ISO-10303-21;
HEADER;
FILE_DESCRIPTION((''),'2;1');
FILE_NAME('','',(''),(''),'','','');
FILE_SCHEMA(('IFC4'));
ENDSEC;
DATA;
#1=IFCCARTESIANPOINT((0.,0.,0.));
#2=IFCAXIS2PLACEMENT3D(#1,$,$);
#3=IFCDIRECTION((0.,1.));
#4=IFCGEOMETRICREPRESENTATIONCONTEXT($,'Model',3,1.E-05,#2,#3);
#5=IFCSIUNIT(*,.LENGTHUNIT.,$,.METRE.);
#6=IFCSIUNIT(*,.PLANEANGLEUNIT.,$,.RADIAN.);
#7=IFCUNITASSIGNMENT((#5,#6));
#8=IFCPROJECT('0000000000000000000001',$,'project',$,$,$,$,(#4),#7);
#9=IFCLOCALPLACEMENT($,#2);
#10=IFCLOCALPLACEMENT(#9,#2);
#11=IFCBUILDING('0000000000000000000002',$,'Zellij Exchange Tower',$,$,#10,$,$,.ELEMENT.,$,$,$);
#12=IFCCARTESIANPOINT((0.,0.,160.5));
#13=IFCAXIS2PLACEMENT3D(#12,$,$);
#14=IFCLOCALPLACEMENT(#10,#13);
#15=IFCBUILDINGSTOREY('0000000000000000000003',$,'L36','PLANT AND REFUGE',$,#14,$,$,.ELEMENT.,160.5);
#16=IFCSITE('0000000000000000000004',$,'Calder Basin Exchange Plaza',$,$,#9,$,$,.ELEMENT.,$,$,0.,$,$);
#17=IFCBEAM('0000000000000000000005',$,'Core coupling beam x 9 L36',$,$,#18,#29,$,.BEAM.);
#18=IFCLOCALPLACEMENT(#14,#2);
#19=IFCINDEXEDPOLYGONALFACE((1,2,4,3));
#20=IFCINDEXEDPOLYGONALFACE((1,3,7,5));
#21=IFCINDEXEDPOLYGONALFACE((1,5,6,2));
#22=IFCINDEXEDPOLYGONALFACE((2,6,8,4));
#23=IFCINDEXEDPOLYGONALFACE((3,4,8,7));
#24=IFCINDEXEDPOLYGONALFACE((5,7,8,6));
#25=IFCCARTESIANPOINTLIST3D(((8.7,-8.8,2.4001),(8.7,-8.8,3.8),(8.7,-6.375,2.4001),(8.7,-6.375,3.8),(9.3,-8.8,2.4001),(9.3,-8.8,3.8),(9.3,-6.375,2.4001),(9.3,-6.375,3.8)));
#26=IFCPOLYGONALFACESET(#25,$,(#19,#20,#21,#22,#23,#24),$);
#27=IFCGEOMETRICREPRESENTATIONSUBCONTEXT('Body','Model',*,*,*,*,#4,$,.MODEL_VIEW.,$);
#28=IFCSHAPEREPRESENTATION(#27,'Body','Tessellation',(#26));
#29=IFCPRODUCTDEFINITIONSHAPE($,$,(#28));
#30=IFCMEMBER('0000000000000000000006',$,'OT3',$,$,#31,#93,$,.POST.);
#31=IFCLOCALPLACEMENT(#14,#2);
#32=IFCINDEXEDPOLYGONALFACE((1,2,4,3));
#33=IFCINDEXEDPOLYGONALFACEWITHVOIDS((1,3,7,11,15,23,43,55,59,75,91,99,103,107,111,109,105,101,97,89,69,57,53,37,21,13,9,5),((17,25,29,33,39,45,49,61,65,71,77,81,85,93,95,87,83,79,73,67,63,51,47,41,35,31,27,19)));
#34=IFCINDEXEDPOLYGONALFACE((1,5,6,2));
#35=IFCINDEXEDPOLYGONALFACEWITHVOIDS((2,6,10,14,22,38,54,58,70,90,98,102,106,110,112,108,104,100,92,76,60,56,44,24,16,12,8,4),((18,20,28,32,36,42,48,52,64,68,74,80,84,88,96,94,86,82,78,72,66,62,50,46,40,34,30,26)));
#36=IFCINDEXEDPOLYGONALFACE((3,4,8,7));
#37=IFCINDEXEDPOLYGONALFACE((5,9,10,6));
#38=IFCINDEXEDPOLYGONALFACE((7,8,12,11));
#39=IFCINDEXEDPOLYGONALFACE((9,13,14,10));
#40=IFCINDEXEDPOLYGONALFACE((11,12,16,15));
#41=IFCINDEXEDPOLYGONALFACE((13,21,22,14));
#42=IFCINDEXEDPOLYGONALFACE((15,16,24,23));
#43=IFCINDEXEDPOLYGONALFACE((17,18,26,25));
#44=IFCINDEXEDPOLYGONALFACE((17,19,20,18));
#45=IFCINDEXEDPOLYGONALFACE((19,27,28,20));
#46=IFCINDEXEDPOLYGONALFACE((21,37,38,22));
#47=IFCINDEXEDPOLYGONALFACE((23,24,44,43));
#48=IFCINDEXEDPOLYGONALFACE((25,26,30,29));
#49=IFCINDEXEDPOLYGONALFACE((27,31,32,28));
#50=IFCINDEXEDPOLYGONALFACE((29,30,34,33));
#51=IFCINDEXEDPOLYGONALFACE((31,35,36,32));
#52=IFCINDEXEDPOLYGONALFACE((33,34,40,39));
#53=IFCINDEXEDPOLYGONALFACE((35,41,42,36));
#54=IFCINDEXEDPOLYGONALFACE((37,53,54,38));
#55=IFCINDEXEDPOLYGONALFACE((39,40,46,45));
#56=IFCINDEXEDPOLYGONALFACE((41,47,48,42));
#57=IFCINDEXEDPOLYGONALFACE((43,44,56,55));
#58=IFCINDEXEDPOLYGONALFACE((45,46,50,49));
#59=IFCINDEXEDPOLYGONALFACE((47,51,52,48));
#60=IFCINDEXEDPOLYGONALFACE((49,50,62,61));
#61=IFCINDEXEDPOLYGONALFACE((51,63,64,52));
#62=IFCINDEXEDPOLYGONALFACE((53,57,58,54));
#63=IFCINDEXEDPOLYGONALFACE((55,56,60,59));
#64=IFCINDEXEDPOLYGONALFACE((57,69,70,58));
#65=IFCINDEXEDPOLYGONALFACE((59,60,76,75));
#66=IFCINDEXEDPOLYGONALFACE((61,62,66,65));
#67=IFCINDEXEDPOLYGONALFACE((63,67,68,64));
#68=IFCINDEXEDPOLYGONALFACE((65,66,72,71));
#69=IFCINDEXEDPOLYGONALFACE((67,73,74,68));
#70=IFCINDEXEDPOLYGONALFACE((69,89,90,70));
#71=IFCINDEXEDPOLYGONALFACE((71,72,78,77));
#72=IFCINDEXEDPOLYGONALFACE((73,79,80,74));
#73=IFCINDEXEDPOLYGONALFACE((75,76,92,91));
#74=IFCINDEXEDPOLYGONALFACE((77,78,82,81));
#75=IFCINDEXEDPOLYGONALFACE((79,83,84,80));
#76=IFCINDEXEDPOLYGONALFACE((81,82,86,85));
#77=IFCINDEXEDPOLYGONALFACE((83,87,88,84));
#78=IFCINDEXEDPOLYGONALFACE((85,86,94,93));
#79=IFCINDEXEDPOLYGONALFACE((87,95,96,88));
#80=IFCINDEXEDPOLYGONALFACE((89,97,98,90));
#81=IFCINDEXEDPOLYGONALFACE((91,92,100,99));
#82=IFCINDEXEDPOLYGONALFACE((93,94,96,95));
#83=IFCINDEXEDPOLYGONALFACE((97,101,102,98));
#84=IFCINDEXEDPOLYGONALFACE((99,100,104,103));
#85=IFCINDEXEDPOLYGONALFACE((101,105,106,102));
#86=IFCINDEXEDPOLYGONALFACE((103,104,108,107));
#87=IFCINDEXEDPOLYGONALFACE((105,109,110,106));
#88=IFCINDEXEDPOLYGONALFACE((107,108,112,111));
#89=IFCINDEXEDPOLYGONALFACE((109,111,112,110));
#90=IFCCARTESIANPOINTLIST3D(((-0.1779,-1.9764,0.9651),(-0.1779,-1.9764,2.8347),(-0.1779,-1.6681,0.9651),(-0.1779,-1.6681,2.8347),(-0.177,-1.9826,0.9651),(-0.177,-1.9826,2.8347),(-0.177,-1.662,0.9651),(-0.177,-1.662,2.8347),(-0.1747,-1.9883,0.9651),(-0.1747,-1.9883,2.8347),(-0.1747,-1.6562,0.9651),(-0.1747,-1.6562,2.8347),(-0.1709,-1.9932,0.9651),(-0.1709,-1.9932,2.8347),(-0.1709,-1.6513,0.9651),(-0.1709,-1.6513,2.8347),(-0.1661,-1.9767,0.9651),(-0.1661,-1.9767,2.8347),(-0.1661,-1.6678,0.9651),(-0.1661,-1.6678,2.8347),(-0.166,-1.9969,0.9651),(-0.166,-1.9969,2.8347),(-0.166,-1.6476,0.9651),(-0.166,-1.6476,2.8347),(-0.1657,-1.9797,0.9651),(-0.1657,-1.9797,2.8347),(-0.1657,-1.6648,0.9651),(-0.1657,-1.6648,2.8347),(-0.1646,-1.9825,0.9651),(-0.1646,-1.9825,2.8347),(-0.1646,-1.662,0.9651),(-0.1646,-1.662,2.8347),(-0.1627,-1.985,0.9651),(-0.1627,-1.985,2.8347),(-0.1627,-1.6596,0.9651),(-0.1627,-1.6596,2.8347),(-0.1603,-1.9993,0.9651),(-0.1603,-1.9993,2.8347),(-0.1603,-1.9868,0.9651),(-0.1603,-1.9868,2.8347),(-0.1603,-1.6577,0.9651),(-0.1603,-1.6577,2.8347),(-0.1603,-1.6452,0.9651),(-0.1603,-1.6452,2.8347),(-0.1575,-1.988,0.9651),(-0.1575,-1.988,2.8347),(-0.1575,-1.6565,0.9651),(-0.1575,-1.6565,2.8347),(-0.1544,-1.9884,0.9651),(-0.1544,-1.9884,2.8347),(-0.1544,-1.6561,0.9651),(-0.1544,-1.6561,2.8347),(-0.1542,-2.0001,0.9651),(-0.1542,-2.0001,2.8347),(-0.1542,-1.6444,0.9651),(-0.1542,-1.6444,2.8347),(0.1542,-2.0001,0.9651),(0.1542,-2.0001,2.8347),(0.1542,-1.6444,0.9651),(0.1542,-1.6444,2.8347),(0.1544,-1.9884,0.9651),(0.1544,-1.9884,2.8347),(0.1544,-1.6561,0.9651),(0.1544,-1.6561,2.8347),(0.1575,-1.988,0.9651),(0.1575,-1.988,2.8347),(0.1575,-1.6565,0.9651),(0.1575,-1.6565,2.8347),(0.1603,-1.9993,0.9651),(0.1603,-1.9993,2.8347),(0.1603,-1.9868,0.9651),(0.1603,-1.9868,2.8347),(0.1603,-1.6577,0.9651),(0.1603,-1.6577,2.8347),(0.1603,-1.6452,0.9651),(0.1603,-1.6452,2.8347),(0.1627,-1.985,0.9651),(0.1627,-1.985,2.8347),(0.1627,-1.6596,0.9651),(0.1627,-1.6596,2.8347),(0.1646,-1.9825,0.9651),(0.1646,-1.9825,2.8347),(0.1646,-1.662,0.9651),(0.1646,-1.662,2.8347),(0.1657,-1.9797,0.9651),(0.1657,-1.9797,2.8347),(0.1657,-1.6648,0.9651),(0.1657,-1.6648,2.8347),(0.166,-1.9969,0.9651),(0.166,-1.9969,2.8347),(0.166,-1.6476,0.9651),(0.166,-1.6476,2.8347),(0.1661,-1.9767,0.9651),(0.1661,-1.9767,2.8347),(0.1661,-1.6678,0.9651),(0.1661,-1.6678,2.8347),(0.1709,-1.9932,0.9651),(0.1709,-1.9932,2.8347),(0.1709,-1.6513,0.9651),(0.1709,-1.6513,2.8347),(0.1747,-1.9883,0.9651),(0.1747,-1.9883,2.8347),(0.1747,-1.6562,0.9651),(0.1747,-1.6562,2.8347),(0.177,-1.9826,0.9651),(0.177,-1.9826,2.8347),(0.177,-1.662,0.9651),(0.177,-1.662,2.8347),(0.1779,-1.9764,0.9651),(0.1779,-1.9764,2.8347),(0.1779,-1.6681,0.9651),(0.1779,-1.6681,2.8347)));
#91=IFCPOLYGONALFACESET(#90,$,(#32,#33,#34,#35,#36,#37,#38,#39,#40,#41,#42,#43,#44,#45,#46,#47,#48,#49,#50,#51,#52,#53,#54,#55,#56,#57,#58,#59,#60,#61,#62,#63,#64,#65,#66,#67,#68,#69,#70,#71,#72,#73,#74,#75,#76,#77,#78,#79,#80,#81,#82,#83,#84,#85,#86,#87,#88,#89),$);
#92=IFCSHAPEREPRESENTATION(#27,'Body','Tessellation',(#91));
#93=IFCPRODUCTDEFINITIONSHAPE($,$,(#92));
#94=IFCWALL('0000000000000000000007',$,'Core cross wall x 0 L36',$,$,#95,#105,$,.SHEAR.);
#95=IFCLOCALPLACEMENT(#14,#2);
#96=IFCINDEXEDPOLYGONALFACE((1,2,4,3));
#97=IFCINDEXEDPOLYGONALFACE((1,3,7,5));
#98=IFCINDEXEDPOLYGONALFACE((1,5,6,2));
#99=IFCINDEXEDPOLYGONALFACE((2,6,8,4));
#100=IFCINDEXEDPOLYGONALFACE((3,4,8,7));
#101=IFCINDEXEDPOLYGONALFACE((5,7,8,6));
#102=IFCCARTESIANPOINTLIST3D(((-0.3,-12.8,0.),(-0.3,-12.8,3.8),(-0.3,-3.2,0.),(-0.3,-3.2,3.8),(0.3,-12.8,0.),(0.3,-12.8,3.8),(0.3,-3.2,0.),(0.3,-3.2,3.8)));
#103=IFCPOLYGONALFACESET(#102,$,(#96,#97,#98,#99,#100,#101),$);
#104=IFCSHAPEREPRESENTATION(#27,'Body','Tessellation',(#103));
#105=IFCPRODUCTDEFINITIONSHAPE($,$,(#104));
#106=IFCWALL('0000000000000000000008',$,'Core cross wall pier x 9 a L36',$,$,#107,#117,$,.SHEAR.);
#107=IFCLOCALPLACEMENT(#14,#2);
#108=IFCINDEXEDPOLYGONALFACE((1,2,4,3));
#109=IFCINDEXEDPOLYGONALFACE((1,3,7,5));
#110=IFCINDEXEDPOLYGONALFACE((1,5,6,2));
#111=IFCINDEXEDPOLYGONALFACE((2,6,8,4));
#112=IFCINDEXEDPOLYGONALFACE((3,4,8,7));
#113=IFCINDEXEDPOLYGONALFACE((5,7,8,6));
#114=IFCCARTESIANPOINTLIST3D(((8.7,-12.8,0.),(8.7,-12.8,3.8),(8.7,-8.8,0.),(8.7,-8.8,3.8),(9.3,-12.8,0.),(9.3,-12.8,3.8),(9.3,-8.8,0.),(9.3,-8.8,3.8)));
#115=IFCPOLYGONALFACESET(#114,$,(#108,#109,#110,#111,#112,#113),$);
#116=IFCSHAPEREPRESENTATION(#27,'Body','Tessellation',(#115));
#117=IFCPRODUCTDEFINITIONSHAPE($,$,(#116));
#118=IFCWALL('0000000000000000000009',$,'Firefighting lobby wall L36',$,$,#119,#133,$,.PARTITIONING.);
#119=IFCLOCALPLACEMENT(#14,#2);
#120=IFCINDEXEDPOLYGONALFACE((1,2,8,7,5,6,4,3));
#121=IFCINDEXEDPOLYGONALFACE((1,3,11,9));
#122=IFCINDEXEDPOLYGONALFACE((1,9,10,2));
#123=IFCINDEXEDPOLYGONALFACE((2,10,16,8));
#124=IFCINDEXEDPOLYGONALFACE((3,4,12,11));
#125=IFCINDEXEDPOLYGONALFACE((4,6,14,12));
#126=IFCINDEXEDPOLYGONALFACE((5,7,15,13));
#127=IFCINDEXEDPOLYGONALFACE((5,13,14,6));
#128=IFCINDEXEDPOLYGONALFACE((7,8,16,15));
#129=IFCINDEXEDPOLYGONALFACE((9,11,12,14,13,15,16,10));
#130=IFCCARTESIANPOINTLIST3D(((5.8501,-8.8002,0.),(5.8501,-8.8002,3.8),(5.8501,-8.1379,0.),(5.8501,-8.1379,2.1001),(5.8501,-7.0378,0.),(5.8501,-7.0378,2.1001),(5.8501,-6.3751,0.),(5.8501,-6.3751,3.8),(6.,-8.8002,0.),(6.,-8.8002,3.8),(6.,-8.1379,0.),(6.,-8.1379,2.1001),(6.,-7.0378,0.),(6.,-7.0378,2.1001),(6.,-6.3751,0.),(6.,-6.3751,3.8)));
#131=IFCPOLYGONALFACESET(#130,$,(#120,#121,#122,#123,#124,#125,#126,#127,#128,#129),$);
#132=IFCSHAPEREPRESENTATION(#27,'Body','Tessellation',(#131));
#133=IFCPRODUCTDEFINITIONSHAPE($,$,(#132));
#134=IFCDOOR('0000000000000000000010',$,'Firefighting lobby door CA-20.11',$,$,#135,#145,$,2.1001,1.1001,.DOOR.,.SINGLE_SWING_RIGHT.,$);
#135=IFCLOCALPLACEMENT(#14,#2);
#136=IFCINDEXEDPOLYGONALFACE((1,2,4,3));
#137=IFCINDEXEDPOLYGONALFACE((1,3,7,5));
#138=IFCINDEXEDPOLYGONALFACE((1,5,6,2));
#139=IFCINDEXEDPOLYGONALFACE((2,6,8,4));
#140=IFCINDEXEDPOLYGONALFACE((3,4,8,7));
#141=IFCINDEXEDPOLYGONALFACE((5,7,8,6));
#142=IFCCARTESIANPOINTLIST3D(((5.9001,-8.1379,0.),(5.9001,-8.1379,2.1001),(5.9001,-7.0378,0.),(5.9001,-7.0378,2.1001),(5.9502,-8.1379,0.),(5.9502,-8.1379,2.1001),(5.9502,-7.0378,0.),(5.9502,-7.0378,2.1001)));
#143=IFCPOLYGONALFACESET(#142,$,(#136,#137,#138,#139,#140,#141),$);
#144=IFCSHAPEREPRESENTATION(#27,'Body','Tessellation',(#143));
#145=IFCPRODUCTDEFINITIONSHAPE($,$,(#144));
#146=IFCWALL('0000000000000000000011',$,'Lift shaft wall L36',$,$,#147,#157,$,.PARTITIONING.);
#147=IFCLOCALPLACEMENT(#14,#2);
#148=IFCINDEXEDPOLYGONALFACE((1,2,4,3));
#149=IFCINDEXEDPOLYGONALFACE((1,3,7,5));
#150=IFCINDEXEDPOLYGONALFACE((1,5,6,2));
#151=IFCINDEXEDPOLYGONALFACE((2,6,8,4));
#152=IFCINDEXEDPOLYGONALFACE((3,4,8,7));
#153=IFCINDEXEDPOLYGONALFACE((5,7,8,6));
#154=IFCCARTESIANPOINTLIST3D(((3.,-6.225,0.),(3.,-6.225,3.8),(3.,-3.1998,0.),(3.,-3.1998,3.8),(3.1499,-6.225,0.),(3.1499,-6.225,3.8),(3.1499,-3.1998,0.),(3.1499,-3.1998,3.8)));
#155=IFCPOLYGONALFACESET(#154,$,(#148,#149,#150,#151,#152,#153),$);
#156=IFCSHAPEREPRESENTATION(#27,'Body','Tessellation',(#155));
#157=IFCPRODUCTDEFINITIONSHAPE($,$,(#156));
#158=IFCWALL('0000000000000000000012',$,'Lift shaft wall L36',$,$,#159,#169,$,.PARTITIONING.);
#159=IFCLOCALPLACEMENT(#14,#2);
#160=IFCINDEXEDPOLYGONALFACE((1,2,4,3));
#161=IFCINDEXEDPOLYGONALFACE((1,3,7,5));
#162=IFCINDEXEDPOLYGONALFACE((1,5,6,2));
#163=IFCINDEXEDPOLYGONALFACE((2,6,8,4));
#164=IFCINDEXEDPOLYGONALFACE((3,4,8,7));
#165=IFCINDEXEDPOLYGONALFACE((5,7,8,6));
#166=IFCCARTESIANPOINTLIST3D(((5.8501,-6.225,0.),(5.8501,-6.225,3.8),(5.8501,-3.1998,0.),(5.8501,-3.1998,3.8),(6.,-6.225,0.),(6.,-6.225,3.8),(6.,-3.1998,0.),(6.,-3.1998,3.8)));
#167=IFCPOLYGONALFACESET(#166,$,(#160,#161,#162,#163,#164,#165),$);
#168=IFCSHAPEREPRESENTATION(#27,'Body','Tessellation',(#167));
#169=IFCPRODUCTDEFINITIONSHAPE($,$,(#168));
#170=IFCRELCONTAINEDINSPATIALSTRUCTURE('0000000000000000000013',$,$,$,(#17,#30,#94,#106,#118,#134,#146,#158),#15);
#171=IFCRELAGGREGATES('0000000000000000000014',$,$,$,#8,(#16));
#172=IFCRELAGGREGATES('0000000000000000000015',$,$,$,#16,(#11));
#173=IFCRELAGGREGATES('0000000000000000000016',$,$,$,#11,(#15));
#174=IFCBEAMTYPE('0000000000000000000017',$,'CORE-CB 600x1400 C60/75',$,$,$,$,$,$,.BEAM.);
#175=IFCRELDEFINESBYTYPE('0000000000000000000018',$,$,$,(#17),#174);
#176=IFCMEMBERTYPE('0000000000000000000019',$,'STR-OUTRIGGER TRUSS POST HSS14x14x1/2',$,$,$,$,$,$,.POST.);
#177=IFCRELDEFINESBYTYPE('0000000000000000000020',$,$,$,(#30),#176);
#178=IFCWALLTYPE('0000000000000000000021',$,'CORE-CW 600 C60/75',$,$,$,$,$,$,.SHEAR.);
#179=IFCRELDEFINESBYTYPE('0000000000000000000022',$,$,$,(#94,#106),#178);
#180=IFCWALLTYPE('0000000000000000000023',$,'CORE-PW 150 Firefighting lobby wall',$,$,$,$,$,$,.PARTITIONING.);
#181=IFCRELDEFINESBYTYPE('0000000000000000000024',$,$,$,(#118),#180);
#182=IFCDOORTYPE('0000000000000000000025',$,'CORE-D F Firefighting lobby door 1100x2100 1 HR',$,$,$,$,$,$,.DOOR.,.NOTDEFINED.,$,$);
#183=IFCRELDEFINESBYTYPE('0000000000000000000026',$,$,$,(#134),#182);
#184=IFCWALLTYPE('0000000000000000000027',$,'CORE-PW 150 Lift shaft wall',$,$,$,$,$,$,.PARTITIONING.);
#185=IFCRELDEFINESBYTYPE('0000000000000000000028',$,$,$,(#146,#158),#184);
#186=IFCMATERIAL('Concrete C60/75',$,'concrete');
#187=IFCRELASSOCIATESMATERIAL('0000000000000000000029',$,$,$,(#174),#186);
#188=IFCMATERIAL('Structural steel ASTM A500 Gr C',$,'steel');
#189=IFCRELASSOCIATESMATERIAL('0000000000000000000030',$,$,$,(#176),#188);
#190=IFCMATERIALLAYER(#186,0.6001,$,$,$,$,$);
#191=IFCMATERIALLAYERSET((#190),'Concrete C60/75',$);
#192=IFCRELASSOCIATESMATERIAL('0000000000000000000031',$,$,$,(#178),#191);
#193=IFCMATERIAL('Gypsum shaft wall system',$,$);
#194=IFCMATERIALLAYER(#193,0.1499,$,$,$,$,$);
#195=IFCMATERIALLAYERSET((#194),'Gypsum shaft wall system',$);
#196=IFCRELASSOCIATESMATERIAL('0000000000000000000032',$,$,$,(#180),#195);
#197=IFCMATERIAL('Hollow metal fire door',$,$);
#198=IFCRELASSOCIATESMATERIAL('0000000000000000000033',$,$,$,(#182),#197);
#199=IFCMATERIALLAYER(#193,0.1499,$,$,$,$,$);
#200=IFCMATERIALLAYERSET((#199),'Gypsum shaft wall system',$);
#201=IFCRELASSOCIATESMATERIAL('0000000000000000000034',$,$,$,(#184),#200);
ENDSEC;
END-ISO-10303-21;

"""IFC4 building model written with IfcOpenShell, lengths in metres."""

from ifc_helpers import new_model, si_unit, direction, frame, frame_2d, origin, origin_2d, place, context, subcontext, project, spatial, rectangle, hollow_rectangle, extrude, material, layer, layer_set, material_profile, profile_set, type_object, element, fill, save


model = new_model("IFC4")

# Units and contexts
model_context = context("Model", 3, precision=1e-05, world=origin(), true_north=direction((0.0, 1.0)))
body_context = subcontext(model_context, "Body", "Model", "MODEL_VIEW")
ifc_project = project(units=[si_unit("LENGTHUNIT", "METRE"), si_unit("PLANEANGLEUNIT", "RADIAN")], contexts=[model_context])

# Site, building, storey
site_placement = place(None, origin())
site = spatial("IfcSite", under=ifc_project, at=site_placement, Name="Calder Basin Exchange Plaza", CompositionType="ELEMENT", RefElevation=0.0)
building_placement = place(site_placement, origin())
building = spatial("IfcBuilding", under=site, at=building_placement, Name="Zellij Exchange Tower", CompositionType="ELEMENT")
storey_placement = place(building_placement, frame((0.0, 0.0, 160.5)))
storey = spatial("IfcBuildingStorey", under=building, at=storey_placement, Name="L36", Description="PLANT AND REFUGE", CompositionType="ELEMENT", Elevation=160.5)

# Beam
ifc_material_1 = material(Name="Concrete C60/75", Category="concrete")
ifc_material_profile_1 = material_profile(ifc_material_1, rectangle(XDim=0.6001, YDim=1.3999, at=origin_2d()), Name="CORE-CB 600x1400 C60/75")
ifc_profile_set_1 = profile_set([ifc_material_profile_1], Name="Concrete C60/75")
beam_type = type_object("IfcBeamType", Name="CORE-CB 600x1400 C60/75", PredefinedType="BEAM", material=ifc_profile_set_1)
beam_placement = place(storey_placement, frame((9.0, -8.8, 3.1001), z_axis=(0.0, 1.0, 0.0), x_axis=(-1.0, 0.0, 0.0)))
element("IfcBeam", 1, at=beam_placement, inside=storey, type_object=beam_type, Name="Core coupling beam x 9 L36", PredefinedType="BEAM", context=body_context, shape_type="SweptSolid", body=[
    extrude(rectangle(XDim=0.6001, YDim=1.3999, at=origin_2d()), origin(), (0.0, 0.0, 1.0), 2.425),
])

# Member
ifc_material_2 = material(Name="Structural steel ASTM A500 Gr C", Category="steel")
ifc_material_profile_2 = material_profile(ifc_material_2, hollow_rectangle(XDim=0.3557, YDim=0.3557, WallThickness=0.0117, InnerFilletRadius=0.0117, OuterFilletRadius=0.0237, at=origin_2d()), Name="STR-OUTRIGGER TRUSS POST HSS14x14x1/2")
ifc_profile_set_2 = profile_set([ifc_material_profile_2], Name="Structural steel ASTM A500 Gr C")
member_type = type_object("IfcMemberType", Name="STR-OUTRIGGER TRUSS POST HSS14x14x1/2", PredefinedType="POST", material=ifc_profile_set_2)
member_placement = place(storey_placement, frame((0.0, -1.8223, 0.9651), z_axis=(0.0, 0.0, 1.0), x_axis=(1.0, 0.0, 0.0)))
element("IfcMember", 2, at=member_placement, inside=storey, type_object=member_type, Name="OT3", PredefinedType="POST", context=body_context, shape_type="SweptSolid", body=[
    extrude(hollow_rectangle(XDim=0.3557, YDim=0.3557, WallThickness=0.0117, InnerFilletRadius=0.0117, OuterFilletRadius=0.0237, at=origin_2d()), origin(), (0.0, 0.0, 1.0), 1.8696),
])

# Walls
ifc_layer_1 = layer(ifc_material_1, 0.6001)
ifc_layer_set_1 = layer_set([ifc_layer_1], Name="Concrete C60/75")
wall_type_1 = type_object("IfcWallType", Name="CORE-CW 600 C60/75", PredefinedType="SHEAR", material=ifc_layer_set_1)
wall_1_placement = place(storey_placement, frame((0.0, -12.8, 0.0), z_axis=(0.0, 0.0, 1.0), x_axis=(0.0, 1.0, 0.0)))
element("IfcWall", 3, at=wall_1_placement, inside=storey, type_object=wall_type_1, Name="Core cross wall x 0 L36", PredefinedType="SHEAR", context=body_context, shape_type="SweptSolid", body=[
    extrude(rectangle(XDim=9.6001, YDim=0.6001, at=frame_2d((4.8, 0.0))), origin(), (0.0, 0.0, 1.0), 3.8),
])
wall_2_placement = place(storey_placement, frame((9.0, -12.8, 0.0), z_axis=(0.0, 0.0, 1.0), x_axis=(0.0, 1.0, 0.0)))
element("IfcWall", 4, at=wall_2_placement, inside=storey, type_object=wall_type_1, Name="Core cross wall pier x 9 a L36", PredefinedType="SHEAR", context=body_context, shape_type="SweptSolid", body=[
    extrude(rectangle(XDim=4.0, YDim=0.6001, at=frame_2d((2.0, 0.0))), origin(), (0.0, 0.0, 1.0), 3.8),
])

# Wall, opening, door
ifc_material_3 = material(Name="Gypsum shaft wall system")
ifc_layer_2 = layer(ifc_material_3, 0.1499)
ifc_layer_set_2 = layer_set([ifc_layer_2], Name="Gypsum shaft wall system")
wall_type_2 = type_object("IfcWallType", Name="CORE-PW 150 Firefighting lobby wall", PredefinedType="PARTITIONING", material=ifc_layer_set_2)
wall_3_placement = place(storey_placement, frame((5.925, -8.8, 0.0), z_axis=(0.0, 0.0, 1.0), x_axis=(0.0, 1.0, 0.0)))
wall_3 = element("IfcWall", 5, at=wall_3_placement, inside=storey, type_object=wall_type_2, Name="Firefighting lobby wall L36", PredefinedType="PARTITIONING", context=body_context, shape_type="SweptSolid", body=[
    extrude(rectangle(XDim=2.425, YDim=0.1499, at=frame_2d((1.2124, 0.0))), origin(), (0.0, 0.0, 1.0), 3.8),
])
opening_1_placement = place(wall_3_placement, frame((0.6621, 0.0, 0.0)))
opening_1 = element("IfcOpeningElement", 6, at=opening_1_placement, cuts=wall_3, PredefinedType="OPENING", context=body_context, shape_type="SweptSolid", body=[
    extrude(rectangle(XDim=1.1001, YDim=2.1001, at=frame_2d((0.55, 1.05))), frame((0.0, 0.0869, 0.0), z_axis=(0.0, -1.0, 0.0), x_axis=(1.0, 0.0, 0.0)), (0.0, 0.0, 1.0), 0.1738),
])
ifc_material_4 = material(Name="Hollow metal fire door")
door_type_1 = type_object("IfcDoorType", Name="CORE-D F Firefighting lobby door 1100x2100 1 HR", OperationType="NOTDEFINED", PredefinedType="DOOR", material=ifc_material_4)
door_1_placement = place(opening_1_placement, origin())
door_1 = element("IfcDoor", 7, at=door_1_placement, inside=storey, type_object=door_type_1, Name="Firefighting lobby door CA-20.11", OperationType="SINGLE_SWING_RIGHT", OverallHeight=2.1001, OverallWidth=1.1001, PredefinedType="DOOR", context=body_context, shape_type="SweptSolid", body=[
    extrude(rectangle(XDim=1.1001, YDim=2.1001, at=frame_2d((0.55, 1.05))), frame((0.0, 0.0249, 0.0), z_axis=(0.0, -1.0, 0.0), x_axis=(1.0, 0.0, 0.0)), (0.0, 0.0, 1.0), 0.05),
])
fill(opening_1, door_1)

# Walls
ifc_layer_3 = layer(ifc_material_3, 0.1499)
ifc_layer_set_3 = layer_set([ifc_layer_3], Name="Gypsum shaft wall system")
wall_type_3 = type_object("IfcWallType", Name="CORE-PW 150 Lift shaft wall", PredefinedType="PARTITIONING", material=ifc_layer_set_3)
for number, where, z_axis, x_axis, name in (
    (8, (3.075, -6.2251, 0.0), (0.0, 0.0, 1.0), (0.0, 1.0, 0.0), "Lift shaft wall L36"),
    (9, (5.925, -6.2251, 0.0), (0.0, 0.0, 1.0), (0.0, 1.0, 0.0), "Lift shaft wall L36"),
):
    element("IfcWall", number, at=place(storey_placement, frame(where, z_axis=z_axis, x_axis=x_axis)), inside=storey, type_object=wall_type_3, Name=name, PredefinedType="PARTITIONING", context=body_context, shape_type="SweptSolid", body=[
        extrude(rectangle(XDim=3.0251, YDim=0.1499, at=frame_2d((1.5127, 0.0))), origin(), (0.0, 0.0, 1.0), 3.8),
    ])

save(model, "model.ifc")
